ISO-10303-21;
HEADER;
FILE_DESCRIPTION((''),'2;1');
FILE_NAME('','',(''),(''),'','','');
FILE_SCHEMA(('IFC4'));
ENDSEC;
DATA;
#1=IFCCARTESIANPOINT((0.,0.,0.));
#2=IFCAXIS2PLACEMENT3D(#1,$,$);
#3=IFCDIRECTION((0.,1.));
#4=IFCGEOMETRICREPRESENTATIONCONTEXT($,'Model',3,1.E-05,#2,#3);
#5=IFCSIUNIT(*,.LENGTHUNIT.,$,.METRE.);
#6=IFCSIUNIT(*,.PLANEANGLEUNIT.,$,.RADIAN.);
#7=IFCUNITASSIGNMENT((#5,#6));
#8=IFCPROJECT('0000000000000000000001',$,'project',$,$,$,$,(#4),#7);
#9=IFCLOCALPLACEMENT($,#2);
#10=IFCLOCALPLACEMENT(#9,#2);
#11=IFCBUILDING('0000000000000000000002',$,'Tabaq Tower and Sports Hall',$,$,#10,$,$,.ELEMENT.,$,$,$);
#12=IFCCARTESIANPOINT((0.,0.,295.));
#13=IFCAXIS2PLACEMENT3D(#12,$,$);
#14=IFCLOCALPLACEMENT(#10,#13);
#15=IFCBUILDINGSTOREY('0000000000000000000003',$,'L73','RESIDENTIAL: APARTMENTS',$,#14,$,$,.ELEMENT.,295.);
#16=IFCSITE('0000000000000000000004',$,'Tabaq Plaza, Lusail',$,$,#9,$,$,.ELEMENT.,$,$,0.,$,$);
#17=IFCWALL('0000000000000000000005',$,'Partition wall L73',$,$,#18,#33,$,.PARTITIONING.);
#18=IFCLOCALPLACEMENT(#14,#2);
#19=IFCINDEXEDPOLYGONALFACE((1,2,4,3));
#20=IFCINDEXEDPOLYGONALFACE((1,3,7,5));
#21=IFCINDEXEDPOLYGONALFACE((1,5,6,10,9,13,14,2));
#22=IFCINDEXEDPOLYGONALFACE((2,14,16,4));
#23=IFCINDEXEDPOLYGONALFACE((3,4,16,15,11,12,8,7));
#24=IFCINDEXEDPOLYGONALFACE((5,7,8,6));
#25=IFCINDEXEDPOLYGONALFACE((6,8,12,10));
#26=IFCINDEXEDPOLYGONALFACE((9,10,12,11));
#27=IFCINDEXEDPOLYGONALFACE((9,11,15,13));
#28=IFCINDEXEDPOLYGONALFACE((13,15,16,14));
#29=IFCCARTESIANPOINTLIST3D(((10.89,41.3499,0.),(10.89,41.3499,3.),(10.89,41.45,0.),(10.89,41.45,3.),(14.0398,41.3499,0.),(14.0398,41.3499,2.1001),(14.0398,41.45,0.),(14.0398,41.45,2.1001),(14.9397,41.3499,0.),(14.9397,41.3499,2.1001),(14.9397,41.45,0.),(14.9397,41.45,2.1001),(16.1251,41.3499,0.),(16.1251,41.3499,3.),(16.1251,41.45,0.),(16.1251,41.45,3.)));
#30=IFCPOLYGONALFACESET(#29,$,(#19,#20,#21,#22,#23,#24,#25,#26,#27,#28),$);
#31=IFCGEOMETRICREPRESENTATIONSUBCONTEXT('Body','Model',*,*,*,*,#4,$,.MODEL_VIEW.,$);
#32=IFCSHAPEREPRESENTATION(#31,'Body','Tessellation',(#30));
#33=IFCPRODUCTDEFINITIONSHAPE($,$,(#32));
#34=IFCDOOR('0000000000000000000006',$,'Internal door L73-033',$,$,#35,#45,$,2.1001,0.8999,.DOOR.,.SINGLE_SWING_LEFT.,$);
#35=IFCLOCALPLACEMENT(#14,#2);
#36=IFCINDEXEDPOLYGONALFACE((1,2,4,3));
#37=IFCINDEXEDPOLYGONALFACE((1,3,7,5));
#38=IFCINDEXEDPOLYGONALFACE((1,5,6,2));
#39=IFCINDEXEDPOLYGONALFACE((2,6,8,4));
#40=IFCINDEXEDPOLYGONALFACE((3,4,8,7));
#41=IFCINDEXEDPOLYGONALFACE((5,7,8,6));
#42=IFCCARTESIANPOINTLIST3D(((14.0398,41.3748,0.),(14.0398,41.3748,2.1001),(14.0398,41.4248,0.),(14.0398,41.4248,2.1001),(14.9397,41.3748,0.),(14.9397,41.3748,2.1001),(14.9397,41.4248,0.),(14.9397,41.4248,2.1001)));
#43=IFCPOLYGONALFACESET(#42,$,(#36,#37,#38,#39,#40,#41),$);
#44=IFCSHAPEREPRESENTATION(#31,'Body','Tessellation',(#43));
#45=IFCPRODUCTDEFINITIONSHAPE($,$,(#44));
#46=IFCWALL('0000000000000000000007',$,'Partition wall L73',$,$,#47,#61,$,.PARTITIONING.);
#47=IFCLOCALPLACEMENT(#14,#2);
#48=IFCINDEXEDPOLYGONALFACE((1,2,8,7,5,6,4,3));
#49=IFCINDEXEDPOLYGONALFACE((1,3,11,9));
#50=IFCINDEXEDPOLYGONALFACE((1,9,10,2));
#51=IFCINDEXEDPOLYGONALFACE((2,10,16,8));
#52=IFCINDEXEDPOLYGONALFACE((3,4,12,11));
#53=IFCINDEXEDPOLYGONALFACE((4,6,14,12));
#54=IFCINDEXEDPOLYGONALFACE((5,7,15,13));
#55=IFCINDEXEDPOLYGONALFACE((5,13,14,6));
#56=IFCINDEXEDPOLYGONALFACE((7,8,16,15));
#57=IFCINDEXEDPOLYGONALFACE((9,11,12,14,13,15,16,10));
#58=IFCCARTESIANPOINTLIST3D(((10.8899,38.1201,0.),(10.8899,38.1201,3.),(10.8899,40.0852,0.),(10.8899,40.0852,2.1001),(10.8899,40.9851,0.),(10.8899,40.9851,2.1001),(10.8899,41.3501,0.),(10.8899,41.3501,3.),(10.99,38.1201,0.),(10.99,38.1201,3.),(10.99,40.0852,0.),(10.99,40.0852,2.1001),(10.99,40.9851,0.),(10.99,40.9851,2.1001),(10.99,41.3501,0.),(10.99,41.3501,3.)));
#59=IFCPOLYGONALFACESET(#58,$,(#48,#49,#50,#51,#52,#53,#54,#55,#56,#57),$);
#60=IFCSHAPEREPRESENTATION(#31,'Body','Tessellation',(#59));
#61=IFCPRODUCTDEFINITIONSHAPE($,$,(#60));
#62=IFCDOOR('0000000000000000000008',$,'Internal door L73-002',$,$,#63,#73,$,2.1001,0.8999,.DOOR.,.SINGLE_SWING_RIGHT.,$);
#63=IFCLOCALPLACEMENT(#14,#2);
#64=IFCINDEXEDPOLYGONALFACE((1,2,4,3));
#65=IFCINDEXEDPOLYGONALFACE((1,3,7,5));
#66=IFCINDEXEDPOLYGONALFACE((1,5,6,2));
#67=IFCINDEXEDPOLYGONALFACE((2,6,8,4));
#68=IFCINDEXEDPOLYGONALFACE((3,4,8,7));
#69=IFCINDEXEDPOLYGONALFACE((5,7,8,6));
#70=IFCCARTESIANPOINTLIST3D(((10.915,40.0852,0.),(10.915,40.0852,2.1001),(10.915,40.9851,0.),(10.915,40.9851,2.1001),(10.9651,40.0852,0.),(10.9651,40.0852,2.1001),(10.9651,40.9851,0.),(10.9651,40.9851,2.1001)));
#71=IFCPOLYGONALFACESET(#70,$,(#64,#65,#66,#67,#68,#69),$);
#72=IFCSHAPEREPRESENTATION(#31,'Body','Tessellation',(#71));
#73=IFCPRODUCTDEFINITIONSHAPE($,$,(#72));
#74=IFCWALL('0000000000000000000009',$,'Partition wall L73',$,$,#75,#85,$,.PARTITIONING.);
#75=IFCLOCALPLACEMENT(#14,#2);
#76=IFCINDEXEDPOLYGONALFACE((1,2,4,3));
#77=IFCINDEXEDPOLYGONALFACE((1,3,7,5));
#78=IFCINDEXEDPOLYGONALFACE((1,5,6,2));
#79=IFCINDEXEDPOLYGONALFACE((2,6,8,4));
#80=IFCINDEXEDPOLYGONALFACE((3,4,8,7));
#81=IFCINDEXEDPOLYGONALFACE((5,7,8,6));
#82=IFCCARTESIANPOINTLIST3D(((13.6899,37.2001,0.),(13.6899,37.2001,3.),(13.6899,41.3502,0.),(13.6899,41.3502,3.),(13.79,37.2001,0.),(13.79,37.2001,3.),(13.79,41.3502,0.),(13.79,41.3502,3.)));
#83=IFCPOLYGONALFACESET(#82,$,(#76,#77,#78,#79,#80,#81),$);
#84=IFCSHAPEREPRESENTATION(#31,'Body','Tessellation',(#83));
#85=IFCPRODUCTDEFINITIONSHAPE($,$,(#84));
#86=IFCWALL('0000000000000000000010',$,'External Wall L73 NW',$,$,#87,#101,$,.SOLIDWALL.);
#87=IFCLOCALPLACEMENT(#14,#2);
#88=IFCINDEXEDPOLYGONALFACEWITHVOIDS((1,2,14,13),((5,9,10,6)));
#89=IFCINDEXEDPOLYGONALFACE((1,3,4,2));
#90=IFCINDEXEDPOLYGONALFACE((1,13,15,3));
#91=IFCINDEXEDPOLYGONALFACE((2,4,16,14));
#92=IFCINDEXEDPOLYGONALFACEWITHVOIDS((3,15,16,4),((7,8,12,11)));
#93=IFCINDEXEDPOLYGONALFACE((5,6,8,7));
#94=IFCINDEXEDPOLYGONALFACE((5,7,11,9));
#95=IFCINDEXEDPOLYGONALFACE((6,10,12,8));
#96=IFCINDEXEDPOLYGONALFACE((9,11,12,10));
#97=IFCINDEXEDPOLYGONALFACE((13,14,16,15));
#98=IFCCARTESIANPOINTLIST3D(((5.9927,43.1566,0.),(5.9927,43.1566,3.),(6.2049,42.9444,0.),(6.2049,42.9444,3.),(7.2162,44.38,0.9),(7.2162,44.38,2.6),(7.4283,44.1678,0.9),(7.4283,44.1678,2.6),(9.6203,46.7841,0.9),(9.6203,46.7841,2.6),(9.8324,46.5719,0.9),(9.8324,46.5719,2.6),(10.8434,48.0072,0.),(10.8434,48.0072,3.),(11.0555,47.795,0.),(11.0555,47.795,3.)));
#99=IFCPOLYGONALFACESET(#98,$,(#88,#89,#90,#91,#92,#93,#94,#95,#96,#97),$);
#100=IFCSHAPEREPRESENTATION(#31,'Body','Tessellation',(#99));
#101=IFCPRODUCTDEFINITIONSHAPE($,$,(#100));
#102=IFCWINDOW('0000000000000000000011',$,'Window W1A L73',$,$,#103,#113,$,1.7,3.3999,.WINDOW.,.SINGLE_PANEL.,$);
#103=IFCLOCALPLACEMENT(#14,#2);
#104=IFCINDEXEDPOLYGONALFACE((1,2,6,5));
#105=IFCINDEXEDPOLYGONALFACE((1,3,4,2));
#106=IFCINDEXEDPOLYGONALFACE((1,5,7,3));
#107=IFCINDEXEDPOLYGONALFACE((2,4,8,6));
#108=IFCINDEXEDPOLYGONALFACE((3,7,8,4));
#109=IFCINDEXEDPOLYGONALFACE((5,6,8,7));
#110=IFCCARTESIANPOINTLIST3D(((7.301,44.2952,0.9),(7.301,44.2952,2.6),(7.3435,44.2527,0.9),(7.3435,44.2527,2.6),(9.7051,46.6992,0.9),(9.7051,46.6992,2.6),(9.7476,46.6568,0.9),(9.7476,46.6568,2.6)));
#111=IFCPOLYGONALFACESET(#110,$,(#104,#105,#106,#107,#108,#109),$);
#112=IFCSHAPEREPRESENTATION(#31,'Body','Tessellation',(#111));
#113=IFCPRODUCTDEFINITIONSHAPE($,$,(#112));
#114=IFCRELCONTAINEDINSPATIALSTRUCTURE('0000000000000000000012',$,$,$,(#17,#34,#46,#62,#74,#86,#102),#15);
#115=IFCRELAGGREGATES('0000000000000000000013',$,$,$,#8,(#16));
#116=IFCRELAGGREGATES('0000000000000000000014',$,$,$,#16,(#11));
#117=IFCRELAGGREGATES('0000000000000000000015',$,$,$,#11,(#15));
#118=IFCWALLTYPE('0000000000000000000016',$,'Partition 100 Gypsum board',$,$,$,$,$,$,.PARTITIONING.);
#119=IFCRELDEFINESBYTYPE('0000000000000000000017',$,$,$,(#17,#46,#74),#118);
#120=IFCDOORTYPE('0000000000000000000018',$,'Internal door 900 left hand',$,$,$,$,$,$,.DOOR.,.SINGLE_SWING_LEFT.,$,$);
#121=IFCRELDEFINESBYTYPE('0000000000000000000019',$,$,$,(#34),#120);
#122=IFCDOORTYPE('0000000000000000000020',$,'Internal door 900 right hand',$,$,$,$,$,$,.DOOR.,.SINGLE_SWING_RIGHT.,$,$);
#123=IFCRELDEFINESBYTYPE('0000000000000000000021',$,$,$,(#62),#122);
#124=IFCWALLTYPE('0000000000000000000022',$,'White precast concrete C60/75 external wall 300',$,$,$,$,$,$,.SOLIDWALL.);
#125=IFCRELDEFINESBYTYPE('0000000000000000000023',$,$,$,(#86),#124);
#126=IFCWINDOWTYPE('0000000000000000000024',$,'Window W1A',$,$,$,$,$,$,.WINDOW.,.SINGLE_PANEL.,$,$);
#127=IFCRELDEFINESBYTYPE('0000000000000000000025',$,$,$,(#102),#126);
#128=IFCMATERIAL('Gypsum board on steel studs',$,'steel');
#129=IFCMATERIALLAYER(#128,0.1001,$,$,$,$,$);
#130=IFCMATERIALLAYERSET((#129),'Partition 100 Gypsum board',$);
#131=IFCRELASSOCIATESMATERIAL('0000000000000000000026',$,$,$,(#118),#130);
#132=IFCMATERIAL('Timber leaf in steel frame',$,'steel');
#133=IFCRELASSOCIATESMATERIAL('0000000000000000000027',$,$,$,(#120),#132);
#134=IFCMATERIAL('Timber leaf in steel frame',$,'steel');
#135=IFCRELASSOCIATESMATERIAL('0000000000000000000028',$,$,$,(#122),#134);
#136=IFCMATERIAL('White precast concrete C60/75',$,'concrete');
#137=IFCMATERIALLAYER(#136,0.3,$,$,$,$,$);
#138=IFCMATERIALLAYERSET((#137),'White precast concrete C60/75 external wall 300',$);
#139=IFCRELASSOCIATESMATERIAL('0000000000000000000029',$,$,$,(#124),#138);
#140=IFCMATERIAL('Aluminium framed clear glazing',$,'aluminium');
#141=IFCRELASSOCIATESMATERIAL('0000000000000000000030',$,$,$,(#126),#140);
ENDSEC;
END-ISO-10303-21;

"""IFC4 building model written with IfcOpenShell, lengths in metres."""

from ifc_helpers import new_model, si_unit, direction, frame, frame_2d, origin, place, context, subcontext, project, spatial, rectangle, extrude, material, layer, layer_set, type_object, element, fill, save


model = new_model("IFC4")

# Units and contexts
model_context = context("Model", 3, precision=1e-05, world=origin(), true_north=direction((0.0, 1.0)))
body_context = subcontext(model_context, "Body", "Model", "MODEL_VIEW")
ifc_project = project(units=[si_unit("LENGTHUNIT", "METRE"), si_unit("PLANEANGLEUNIT", "RADIAN")], contexts=[model_context])

# Site, building, storey
site_placement = place(None, origin())
site = spatial("IfcSite", under=ifc_project, at=site_placement, Name="Tabaq Plaza, Lusail", CompositionType="ELEMENT", RefElevation=0.0)
building_placement = place(site_placement, origin())
building = spatial("IfcBuilding", under=site, at=building_placement, Name="Tabaq Tower and Sports Hall", CompositionType="ELEMENT")
storey_placement = place(building_placement, frame((0.0, 0.0, 295.0)))
storey = spatial("IfcBuildingStorey", under=building, at=storey_placement, Name="L73", Description="RESIDENTIAL: APARTMENTS", CompositionType="ELEMENT", Elevation=295.0)

# Shared definitions
ifc_material_1 = material(Name="Gypsum board on steel studs", Category="steel")
ifc_layer_1 = layer(ifc_material_1, 0.1001)
ifc_layer_set_1 = layer_set([ifc_layer_1], Name="Partition 100 Gypsum board")
wall_type_1 = type_object("IfcWallType", Name="Partition 100 Gypsum board", PredefinedType="PARTITIONING", material=ifc_layer_set_1)
ifc_material_2 = material(Name="Timber leaf in steel frame", Category="steel")
door_type_1 = type_object("IfcDoorType", Name="Internal door 900 left hand", OperationType="SINGLE_SWING_LEFT", PredefinedType="DOOR", material=ifc_material_2)
ifc_material_3 = material(Name="Timber leaf in steel frame", Category="steel")
door_type_2 = type_object("IfcDoorType", Name="Internal door 900 right hand", OperationType="SINGLE_SWING_RIGHT", PredefinedType="DOOR", material=ifc_material_3)

# Walls, openings, doors
wall_1_placement = place(storey_placement, frame((10.8899, 41.3999, 0.0), z_axis=(0.0, 0.0, 1.0), x_axis=(1.0, 0.0, 0.0)))
wall_1 = element("IfcWall", 1, at=wall_1_placement, inside=storey, type_object=wall_type_1, Name="Partition wall L73", PredefinedType="PARTITIONING", context=body_context, shape_type="SweptSolid", body=[
    extrude(rectangle(XDim=5.2351, YDim=0.1001, at=frame_2d((2.6177, 0.0))), origin(), (0.0, 0.0, 1.0), 3.0),
])
opening_1_placement = place(wall_1_placement, frame((3.1499, 0.0, 0.0)))
opening_1 = element("IfcOpeningElement", 2, at=opening_1_placement, cuts=wall_1, PredefinedType="OPENING", context=body_context, shape_type="SweptSolid", body=[
    extrude(rectangle(XDim=0.8999, YDim=2.1001, at=frame_2d((0.45, 1.05))), frame((0.0, 0.05, 0.0), z_axis=(0.0, -1.0, 0.0), x_axis=(1.0, 0.0, 0.0)), (0.0, 0.0, 1.0), 0.1001),
])
door_1_placement = place(opening_1_placement, origin())
door_1 = element("IfcDoor", 3, at=door_1_placement, inside=storey, type_object=door_type_1, Name="Internal door L73-033", OperationType="SINGLE_SWING_LEFT", OverallHeight=2.1001, OverallWidth=0.8999, PredefinedType="DOOR", context=body_context, shape_type="SweptSolid", body=[
    extrude(rectangle(XDim=0.8999, YDim=2.1001, at=frame_2d((0.45, 1.05))), frame((0.0, 0.0249, 0.0), z_axis=(0.0, -1.0, 0.0), x_axis=(1.0, 0.0, 0.0)), (0.0, 0.0, 1.0), 0.05),
])
fill(opening_1, door_1)
wall_2_placement = place(storey_placement, frame((10.9399, 38.1201, 0.0), z_axis=(0.0, 0.0, 1.0), x_axis=(0.0, 1.0, 0.0)))
wall_2 = element("IfcWall", 4, at=wall_2_placement, inside=storey, type_object=wall_type_1, Name="Partition wall L73", PredefinedType="PARTITIONING", context=body_context, shape_type="SweptSolid", body=[
    extrude(rectangle(XDim=3.23, YDim=0.1001, at=frame_2d((1.615, 0.0))), origin(), (0.0, 0.0, 1.0), 3.0),
])
opening_2_placement = place(wall_2_placement, frame((1.9651, 0.0, 0.0)))
opening_2 = element("IfcOpeningElement", 5, at=opening_2_placement, cuts=wall_2, PredefinedType="OPENING", context=body_context, shape_type="SweptSolid", body=[
    extrude(rectangle(XDim=0.8999, YDim=2.1001, at=frame_2d((0.45, 1.05))), frame((0.0, 0.05, 0.0), z_axis=(0.0, -1.0, 0.0), x_axis=(1.0, 0.0, 0.0)), (0.0, 0.0, 1.0), 0.1001),
])
door_2_placement = place(opening_2_placement, origin())
door_2 = element("IfcDoor", 6, at=door_2_placement, inside=storey, type_object=door_type_2, Name="Internal door L73-002", OperationType="SINGLE_SWING_RIGHT", OverallHeight=2.1001, OverallWidth=0.8999, PredefinedType="DOOR", context=body_context, shape_type="SweptSolid", body=[
    extrude(rectangle(XDim=0.8999, YDim=2.1001, at=frame_2d((0.45, 1.05))), frame((0.0, 0.0249, 0.0), z_axis=(0.0, -1.0, 0.0), x_axis=(1.0, 0.0, 0.0)), (0.0, 0.0, 1.0), 0.05),
])
fill(opening_2, door_2)

# Wall
wall_3_placement = place(storey_placement, frame((13.74, 37.2, 0.0), z_axis=(0.0, 0.0, 1.0), x_axis=(0.0, 1.0, 0.0)))
element("IfcWall", 7, at=wall_3_placement, inside=storey, type_object=wall_type_1, Name="Partition wall L73", PredefinedType="PARTITIONING", context=body_context, shape_type="SweptSolid", body=[
    extrude(rectangle(XDim=4.1501, YDim=0.1001, at=frame_2d((2.0752, 0.0))), origin(), (0.0, 0.0, 1.0), 3.0),
])

# Wall, opening, window
ifc_material_4 = material(Name="White precast concrete C60/75", Category="concrete")
ifc_layer_2 = layer(ifc_material_4, 0.3)
ifc_layer_set_2 = layer_set([ifc_layer_2], Name="White precast concrete C60/75 external wall 300")
wall_type_2 = type_object("IfcWallType", Name="White precast concrete C60/75 external wall 300", PredefinedType="SOLIDWALL", material=ifc_layer_set_2)
wall_4_placement = place(storey_placement, frame((10.9495, 47.9011, 0.0), z_axis=(0.0, 0.0, 1.0), x_axis=(-0.707107, -0.707107, 0.0)))
wall_4 = element("IfcWall", 8, at=wall_4_placement, inside=storey, type_object=wall_type_2, Name="External Wall L73 NW", PredefinedType="SOLIDWALL", context=body_context, shape_type="SweptSolid", body=[
    extrude(rectangle(XDim=6.8599, YDim=0.3, at=frame_2d((3.4299, 0.0))), origin(), (0.0, 0.0, 1.0), 3.0),
])
opening_3_placement = place(wall_4_placement, frame((1.7297, 0.0, 0.8999)))
opening_3 = element("IfcOpeningElement", 9, at=opening_3_placement, cuts=wall_4, PredefinedType="OPENING", context=body_context, shape_type="SweptSolid", body=[
    extrude(rectangle(XDim=3.3999, YDim=1.7, at=frame_2d((1.7, 0.8501))), frame((0.0, 0.1602, 0.0), z_axis=(0.0, -1.0, 0.0), x_axis=(1.0, 0.0, 0.0)), (0.0, 0.0, 1.0), 0.3201),
])
ifc_material_5 = material(Name="Aluminium framed clear glazing", Category="aluminium")
window_type_1 = type_object("IfcWindowType", Name="Window W1A", PartitioningType="SINGLE_PANEL", PredefinedType="WINDOW", material=ifc_material_5)
window_1_placement = place(opening_3_placement, origin())
window_1 = element("IfcWindow", 10, at=window_1_placement, inside=storey, type_object=window_type_1, Name="Window W1A L73", OverallHeight=1.7, OverallWidth=3.3999, PartitioningType="SINGLE_PANEL", PredefinedType="WINDOW", context=body_context, shape_type="SweptSolid", body=[
    extrude(rectangle(XDim=3.3999, YDim=1.7, at=frame_2d((1.7, 0.8501))), frame((0.0, 0.03, 0.0), z_axis=(0.0, -1.0, 0.0), x_axis=(1.0, 0.0, 0.0)), (0.0, 0.0, 1.0), 0.0601),
])
fill(opening_3, window_1)

save(model, "model.ifc")
